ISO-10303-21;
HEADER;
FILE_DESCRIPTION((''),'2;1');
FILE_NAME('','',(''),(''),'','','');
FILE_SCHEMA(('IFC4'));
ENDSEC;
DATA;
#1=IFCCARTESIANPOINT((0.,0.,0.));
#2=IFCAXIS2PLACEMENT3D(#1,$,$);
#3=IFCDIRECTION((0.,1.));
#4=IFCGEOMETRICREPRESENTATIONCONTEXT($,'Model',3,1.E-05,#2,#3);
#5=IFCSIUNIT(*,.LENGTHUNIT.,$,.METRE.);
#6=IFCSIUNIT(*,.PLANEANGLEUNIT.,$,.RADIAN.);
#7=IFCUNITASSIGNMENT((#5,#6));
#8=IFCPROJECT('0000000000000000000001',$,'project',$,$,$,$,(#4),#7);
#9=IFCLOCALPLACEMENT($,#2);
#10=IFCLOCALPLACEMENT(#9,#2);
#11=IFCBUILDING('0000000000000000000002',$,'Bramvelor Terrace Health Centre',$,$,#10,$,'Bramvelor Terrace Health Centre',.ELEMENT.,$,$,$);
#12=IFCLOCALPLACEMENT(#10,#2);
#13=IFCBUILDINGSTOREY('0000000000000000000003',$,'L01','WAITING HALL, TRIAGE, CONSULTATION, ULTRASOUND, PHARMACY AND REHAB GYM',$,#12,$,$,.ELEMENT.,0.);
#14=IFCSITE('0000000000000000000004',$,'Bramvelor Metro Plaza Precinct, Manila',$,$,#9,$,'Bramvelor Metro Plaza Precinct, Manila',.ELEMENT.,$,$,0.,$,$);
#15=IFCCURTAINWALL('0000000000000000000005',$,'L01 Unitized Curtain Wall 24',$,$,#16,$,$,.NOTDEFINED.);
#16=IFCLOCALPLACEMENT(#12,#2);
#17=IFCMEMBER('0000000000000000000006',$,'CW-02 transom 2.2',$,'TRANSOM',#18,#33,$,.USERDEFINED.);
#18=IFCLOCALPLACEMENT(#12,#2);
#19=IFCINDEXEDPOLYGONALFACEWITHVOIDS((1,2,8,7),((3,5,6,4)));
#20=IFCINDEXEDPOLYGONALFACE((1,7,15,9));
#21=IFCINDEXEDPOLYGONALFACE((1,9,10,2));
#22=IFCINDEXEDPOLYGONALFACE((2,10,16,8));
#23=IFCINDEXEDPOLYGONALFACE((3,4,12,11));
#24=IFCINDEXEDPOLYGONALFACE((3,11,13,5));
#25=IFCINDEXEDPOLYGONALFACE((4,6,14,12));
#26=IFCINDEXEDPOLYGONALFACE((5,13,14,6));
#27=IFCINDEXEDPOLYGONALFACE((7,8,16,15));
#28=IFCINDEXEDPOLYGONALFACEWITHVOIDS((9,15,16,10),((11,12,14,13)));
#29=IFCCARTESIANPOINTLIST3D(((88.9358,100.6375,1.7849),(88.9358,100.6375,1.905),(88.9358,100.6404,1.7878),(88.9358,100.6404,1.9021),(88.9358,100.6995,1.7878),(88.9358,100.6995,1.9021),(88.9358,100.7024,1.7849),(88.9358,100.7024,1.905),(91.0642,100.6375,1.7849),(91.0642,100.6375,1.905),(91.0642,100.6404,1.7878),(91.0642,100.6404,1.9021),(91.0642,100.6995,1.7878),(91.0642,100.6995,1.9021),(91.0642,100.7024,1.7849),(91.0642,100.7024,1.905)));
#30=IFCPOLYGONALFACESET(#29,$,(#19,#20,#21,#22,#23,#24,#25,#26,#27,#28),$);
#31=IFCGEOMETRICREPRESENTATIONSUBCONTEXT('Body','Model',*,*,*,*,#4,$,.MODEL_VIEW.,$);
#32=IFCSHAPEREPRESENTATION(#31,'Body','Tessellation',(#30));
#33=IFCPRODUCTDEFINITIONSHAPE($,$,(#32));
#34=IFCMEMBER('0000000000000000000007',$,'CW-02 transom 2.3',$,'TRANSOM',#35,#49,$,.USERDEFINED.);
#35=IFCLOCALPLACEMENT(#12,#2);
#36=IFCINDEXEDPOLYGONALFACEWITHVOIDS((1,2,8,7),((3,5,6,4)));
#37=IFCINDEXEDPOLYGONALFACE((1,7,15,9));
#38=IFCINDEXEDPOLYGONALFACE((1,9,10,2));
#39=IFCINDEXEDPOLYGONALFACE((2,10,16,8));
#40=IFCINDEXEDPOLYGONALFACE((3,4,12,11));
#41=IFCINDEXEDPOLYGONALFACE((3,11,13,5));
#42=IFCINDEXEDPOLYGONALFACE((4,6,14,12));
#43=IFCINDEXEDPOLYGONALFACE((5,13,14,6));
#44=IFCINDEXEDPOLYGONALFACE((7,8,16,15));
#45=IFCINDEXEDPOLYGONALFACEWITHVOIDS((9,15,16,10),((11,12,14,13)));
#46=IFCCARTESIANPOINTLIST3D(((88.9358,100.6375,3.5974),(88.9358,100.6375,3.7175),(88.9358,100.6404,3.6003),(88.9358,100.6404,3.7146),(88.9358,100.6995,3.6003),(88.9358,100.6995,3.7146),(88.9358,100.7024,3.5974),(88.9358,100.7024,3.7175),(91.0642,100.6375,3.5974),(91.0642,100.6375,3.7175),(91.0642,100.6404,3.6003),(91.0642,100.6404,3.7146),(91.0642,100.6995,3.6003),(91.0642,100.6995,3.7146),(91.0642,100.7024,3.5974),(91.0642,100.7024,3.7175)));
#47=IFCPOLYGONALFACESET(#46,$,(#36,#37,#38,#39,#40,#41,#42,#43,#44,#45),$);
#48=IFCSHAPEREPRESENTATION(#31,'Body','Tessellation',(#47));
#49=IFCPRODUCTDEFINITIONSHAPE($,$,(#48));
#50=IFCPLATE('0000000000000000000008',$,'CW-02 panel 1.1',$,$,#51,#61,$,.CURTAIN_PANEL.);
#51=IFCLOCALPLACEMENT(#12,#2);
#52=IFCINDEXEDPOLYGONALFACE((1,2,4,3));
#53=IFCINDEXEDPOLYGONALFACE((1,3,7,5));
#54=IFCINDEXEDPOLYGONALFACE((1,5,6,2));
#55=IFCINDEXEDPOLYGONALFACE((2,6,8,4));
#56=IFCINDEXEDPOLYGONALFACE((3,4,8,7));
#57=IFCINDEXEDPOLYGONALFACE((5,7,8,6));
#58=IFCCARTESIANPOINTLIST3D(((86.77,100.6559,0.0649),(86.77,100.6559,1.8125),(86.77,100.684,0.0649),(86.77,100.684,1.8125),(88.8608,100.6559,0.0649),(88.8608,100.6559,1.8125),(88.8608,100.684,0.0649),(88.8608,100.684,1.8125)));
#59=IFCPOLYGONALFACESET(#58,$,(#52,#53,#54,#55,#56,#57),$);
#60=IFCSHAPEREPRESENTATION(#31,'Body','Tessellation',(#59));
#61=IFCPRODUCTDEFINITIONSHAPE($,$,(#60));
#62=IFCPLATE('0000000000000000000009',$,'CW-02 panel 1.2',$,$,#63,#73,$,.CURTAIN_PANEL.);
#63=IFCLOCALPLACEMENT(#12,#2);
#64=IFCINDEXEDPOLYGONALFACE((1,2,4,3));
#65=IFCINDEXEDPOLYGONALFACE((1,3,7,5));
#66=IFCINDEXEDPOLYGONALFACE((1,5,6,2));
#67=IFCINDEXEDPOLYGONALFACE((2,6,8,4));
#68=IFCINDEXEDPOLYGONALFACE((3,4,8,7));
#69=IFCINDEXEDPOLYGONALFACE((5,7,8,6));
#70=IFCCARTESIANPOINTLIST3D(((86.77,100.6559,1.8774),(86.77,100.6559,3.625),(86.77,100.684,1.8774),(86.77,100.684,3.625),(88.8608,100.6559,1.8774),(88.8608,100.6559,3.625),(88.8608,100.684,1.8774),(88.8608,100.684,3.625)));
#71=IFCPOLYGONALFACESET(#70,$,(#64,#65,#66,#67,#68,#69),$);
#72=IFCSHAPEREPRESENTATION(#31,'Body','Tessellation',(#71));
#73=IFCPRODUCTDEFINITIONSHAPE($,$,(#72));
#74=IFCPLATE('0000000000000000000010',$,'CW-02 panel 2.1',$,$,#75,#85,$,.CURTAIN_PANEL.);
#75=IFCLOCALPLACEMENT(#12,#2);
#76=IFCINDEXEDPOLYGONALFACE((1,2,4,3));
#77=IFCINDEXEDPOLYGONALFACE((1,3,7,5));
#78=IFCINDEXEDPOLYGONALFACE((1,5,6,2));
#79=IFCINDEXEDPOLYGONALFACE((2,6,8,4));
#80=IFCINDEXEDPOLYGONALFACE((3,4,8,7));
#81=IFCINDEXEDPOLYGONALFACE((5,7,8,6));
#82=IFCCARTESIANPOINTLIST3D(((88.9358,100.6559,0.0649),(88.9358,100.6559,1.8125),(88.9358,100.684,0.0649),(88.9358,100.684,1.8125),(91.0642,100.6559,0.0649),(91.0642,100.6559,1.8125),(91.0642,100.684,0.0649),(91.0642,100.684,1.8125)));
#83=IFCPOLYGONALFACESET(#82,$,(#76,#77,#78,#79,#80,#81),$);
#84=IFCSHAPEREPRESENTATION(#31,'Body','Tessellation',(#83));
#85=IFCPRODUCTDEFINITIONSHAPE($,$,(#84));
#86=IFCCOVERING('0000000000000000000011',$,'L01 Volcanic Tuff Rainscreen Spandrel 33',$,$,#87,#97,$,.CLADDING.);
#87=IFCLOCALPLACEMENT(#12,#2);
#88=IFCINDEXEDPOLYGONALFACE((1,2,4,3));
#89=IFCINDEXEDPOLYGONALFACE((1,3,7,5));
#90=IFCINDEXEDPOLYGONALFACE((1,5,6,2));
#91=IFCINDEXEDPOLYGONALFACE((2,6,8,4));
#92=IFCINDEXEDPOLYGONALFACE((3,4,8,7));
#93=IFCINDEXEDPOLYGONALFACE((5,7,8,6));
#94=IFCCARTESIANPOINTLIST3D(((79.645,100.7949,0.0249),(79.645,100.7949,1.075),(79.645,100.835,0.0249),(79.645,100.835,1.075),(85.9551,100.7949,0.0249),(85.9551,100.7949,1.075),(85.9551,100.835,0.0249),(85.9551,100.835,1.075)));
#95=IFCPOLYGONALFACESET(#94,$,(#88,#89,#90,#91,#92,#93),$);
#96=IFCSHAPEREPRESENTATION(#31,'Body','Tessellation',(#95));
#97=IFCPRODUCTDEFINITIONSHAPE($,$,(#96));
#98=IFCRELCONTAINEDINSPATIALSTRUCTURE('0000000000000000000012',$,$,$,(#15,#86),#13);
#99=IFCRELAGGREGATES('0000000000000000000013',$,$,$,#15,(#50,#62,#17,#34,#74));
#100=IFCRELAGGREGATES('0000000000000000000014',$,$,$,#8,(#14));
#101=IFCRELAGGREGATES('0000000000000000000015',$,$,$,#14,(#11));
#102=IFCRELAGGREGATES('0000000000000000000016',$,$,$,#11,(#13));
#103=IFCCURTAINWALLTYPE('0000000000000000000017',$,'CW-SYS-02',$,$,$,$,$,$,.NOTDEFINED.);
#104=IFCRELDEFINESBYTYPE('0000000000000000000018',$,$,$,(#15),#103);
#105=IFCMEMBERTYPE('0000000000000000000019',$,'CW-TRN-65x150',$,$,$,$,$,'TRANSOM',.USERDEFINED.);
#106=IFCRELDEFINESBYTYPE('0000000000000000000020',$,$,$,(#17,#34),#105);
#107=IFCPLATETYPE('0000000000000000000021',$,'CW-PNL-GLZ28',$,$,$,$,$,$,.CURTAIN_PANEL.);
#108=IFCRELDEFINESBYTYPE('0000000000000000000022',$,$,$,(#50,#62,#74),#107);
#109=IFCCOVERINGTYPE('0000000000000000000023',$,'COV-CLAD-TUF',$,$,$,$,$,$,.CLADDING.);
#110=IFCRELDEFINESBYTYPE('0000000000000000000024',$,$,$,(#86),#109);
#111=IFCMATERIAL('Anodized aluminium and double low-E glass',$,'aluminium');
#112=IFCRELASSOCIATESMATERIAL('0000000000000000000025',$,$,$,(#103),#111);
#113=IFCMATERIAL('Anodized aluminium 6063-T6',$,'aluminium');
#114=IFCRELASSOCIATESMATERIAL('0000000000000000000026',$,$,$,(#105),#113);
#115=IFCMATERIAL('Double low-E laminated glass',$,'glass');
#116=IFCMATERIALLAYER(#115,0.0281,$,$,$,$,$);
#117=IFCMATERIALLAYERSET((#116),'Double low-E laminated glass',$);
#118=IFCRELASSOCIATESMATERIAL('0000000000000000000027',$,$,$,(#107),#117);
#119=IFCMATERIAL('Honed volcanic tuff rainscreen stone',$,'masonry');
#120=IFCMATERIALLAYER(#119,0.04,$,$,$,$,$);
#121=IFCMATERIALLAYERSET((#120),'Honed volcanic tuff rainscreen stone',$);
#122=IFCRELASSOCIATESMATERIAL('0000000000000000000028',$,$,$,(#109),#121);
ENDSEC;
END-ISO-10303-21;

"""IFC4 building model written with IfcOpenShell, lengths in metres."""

from ifc_helpers import new_model, si_unit, direction, frame, origin, origin_2d, place, context, subcontext, project, spatial, rectangle, hollow_rectangle, extrude, material, layer, layer_set, material_profile, profile_set, type_object, element, aggregate, save


model = new_model("IFC4")

# Units and contexts
model_context = context("Model", 3, precision=1e-05, world=origin(), true_north=direction((0.0, 1.0)))
body_context = subcontext(model_context, "Body", "Model", "MODEL_VIEW")
ifc_project = project(units=[si_unit("LENGTHUNIT", "METRE"), si_unit("PLANEANGLEUNIT", "RADIAN")], contexts=[model_context])

# Site, building, storey
site_placement = place(None, origin())
site = spatial("IfcSite", under=ifc_project, at=site_placement, Name="Bramvelor Metro Plaza Precinct, Manila", LongName="Bramvelor Metro Plaza Precinct, Manila", CompositionType="ELEMENT", RefElevation=0.0)
building_placement = place(site_placement, origin())
building = spatial("IfcBuilding", under=site, at=building_placement, Name="Bramvelor Terrace Health Centre", LongName="Bramvelor Terrace Health Centre", CompositionType="ELEMENT")
storey_placement = place(building_placement, origin())
storey = spatial("IfcBuildingStorey", under=building, at=storey_placement, Name="L01", Description="WAITING HALL, TRIAGE, CONSULTATION, ULTRASOUND, PHARMACY AND REHAB GYM", CompositionType="ELEMENT", Elevation=0.0)

# Curtain wall, members, plates
ifc_material_1 = material(Name="Anodized aluminium and double low-E glass", Category="aluminium")
curtain_wall_type = type_object("IfcCurtainWallType", Name="CW-SYS-02", PredefinedType="NOTDEFINED", material=ifc_material_1)
curtain_wall_placement = place(storey_placement, origin())
curtain_wall = element("IfcCurtainWall", 1, at=curtain_wall_placement, inside=storey, type_object=curtain_wall_type, Name="L01 Unitized Curtain Wall 24", PredefinedType="NOTDEFINED")
ifc_material_2 = material(Name="Anodized aluminium 6063-T6", Category="aluminium")
ifc_material_profile_1 = material_profile(ifc_material_2, hollow_rectangle(XDim=0.0649, YDim=0.1201, WallThickness=0.0029, at=origin_2d()), Name="ALU-TRN 65x120x3.0")
ifc_profile_set_1 = profile_set([ifc_material_profile_1], Name="Anodized aluminium 6063-T6")
member_type_1 = type_object("IfcMemberType", Name="CW-TRN-65x150", ElementType="TRANSOM", PredefinedType="USERDEFINED", material=ifc_profile_set_1)
member_1_placement = place(storey_placement, frame((88.9358, 100.6699, 1.845), z_axis=(1.0, 0.0, 0.0), x_axis=(0.0, 1.0, 0.0)))
member_1 = element("IfcMember", 2, at=member_1_placement, type_object=member_type_1, Name="CW-02 transom 2.2", ObjectType="TRANSOM", PredefinedType="USERDEFINED", context=body_context, shape_type="SweptSolid", body=[
    extrude(hollow_rectangle(XDim=0.0649, YDim=0.1201, WallThickness=0.0029, at=origin_2d()), origin(), (0.0, 0.0, 1.0), 2.1284),
])
member_2_placement = place(storey_placement, frame((88.9358, 100.6699, 3.6575), z_axis=(1.0, 0.0, 0.0), x_axis=(0.0, 1.0, 0.0)))
member_2 = element("IfcMember", 3, at=member_2_placement, type_object=member_type_1, Name="CW-02 transom 2.3", ObjectType="TRANSOM", PredefinedType="USERDEFINED", context=body_context, shape_type="SweptSolid", body=[
    extrude(hollow_rectangle(XDim=0.0649, YDim=0.1201, WallThickness=0.0029, at=origin_2d()), origin(), (0.0, 0.0, 1.0), 2.1284),
])
ifc_material_3 = material(Name="Double low-E laminated glass", Category="glass")
ifc_layer_1 = layer(ifc_material_3, 0.0281)
ifc_layer_set_1 = layer_set([ifc_layer_1], Name="Double low-E laminated glass")
plate_type = type_object("IfcPlateType", Name="CW-PNL-GLZ28", PredefinedType="CURTAIN_PANEL", material=ifc_layer_set_1)
plate_1_placement = place(storey_placement, frame((87.8154, 100.6699, 0.0649), z_axis=(0.0, 0.0, 1.0), x_axis=(1.0, 0.0, 0.0)))
plate_1 = element("IfcPlate", 4, at=plate_1_placement, type_object=plate_type, Name="CW-02 panel 1.1", PredefinedType="CURTAIN_PANEL", context=body_context, shape_type="SweptSolid", body=[
    extrude(rectangle(XDim=2.0908, YDim=0.0281, at=origin_2d()), origin(), (0.0, 0.0, 1.0), 1.7476),
])
plate_2_placement = place(storey_placement, frame((87.8154, 100.6699, 1.8774), z_axis=(0.0, 0.0, 1.0), x_axis=(1.0, 0.0, 0.0)))
plate_2 = element("IfcPlate", 5, at=plate_2_placement, type_object=plate_type, Name="CW-02 panel 1.2", PredefinedType="CURTAIN_PANEL", context=body_context, shape_type="SweptSolid", body=[
    extrude(rectangle(XDim=2.0908, YDim=0.0281, at=origin_2d()), origin(), (0.0, 0.0, 1.0), 1.7476),
])
plate_3_placement = place(storey_placement, frame((90.0, 100.6699, 0.0649), z_axis=(0.0, 0.0, 1.0), x_axis=(1.0, 0.0, 0.0)))
plate_3 = element("IfcPlate", 6, at=plate_3_placement, type_object=plate_type, Name="CW-02 panel 2.1", PredefinedType="CURTAIN_PANEL", context=body_context, shape_type="SweptSolid", body=[
    extrude(rectangle(XDim=2.1284, YDim=0.0281, at=origin_2d()), origin(), (0.0, 0.0, 1.0), 1.7476),
])
aggregate(curtain_wall, [plate_1, plate_2, member_1, member_2, plate_3])

# Covering
ifc_material_4 = material(Name="Honed volcanic tuff rainscreen stone", Category="masonry")
ifc_layer_2 = layer(ifc_material_4, 0.04)
ifc_layer_set_2 = layer_set([ifc_layer_2], Name="Honed volcanic tuff rainscreen stone")
covering_type = type_object("IfcCoveringType", Name="COV-CLAD-TUF", PredefinedType="CLADDING", material=ifc_layer_set_2)
covering_placement = place(storey_placement, frame((82.8, 100.8149, 0.0249), z_axis=(0.0, 0.0, 1.0), x_axis=(1.0, 0.0, 0.0)))
element("IfcCovering", 7, at=covering_placement, inside=storey, type_object=covering_type, Name="L01 Volcanic Tuff Rainscreen Spandrel 33", PredefinedType="CLADDING", context=body_context, shape_type="SweptSolid", body=[
    extrude(rectangle(XDim=6.3101, YDim=0.04, at=origin_2d()), origin(), (0.0, 0.0, 1.0), 1.05),
])

save(model, "model.ifc")
